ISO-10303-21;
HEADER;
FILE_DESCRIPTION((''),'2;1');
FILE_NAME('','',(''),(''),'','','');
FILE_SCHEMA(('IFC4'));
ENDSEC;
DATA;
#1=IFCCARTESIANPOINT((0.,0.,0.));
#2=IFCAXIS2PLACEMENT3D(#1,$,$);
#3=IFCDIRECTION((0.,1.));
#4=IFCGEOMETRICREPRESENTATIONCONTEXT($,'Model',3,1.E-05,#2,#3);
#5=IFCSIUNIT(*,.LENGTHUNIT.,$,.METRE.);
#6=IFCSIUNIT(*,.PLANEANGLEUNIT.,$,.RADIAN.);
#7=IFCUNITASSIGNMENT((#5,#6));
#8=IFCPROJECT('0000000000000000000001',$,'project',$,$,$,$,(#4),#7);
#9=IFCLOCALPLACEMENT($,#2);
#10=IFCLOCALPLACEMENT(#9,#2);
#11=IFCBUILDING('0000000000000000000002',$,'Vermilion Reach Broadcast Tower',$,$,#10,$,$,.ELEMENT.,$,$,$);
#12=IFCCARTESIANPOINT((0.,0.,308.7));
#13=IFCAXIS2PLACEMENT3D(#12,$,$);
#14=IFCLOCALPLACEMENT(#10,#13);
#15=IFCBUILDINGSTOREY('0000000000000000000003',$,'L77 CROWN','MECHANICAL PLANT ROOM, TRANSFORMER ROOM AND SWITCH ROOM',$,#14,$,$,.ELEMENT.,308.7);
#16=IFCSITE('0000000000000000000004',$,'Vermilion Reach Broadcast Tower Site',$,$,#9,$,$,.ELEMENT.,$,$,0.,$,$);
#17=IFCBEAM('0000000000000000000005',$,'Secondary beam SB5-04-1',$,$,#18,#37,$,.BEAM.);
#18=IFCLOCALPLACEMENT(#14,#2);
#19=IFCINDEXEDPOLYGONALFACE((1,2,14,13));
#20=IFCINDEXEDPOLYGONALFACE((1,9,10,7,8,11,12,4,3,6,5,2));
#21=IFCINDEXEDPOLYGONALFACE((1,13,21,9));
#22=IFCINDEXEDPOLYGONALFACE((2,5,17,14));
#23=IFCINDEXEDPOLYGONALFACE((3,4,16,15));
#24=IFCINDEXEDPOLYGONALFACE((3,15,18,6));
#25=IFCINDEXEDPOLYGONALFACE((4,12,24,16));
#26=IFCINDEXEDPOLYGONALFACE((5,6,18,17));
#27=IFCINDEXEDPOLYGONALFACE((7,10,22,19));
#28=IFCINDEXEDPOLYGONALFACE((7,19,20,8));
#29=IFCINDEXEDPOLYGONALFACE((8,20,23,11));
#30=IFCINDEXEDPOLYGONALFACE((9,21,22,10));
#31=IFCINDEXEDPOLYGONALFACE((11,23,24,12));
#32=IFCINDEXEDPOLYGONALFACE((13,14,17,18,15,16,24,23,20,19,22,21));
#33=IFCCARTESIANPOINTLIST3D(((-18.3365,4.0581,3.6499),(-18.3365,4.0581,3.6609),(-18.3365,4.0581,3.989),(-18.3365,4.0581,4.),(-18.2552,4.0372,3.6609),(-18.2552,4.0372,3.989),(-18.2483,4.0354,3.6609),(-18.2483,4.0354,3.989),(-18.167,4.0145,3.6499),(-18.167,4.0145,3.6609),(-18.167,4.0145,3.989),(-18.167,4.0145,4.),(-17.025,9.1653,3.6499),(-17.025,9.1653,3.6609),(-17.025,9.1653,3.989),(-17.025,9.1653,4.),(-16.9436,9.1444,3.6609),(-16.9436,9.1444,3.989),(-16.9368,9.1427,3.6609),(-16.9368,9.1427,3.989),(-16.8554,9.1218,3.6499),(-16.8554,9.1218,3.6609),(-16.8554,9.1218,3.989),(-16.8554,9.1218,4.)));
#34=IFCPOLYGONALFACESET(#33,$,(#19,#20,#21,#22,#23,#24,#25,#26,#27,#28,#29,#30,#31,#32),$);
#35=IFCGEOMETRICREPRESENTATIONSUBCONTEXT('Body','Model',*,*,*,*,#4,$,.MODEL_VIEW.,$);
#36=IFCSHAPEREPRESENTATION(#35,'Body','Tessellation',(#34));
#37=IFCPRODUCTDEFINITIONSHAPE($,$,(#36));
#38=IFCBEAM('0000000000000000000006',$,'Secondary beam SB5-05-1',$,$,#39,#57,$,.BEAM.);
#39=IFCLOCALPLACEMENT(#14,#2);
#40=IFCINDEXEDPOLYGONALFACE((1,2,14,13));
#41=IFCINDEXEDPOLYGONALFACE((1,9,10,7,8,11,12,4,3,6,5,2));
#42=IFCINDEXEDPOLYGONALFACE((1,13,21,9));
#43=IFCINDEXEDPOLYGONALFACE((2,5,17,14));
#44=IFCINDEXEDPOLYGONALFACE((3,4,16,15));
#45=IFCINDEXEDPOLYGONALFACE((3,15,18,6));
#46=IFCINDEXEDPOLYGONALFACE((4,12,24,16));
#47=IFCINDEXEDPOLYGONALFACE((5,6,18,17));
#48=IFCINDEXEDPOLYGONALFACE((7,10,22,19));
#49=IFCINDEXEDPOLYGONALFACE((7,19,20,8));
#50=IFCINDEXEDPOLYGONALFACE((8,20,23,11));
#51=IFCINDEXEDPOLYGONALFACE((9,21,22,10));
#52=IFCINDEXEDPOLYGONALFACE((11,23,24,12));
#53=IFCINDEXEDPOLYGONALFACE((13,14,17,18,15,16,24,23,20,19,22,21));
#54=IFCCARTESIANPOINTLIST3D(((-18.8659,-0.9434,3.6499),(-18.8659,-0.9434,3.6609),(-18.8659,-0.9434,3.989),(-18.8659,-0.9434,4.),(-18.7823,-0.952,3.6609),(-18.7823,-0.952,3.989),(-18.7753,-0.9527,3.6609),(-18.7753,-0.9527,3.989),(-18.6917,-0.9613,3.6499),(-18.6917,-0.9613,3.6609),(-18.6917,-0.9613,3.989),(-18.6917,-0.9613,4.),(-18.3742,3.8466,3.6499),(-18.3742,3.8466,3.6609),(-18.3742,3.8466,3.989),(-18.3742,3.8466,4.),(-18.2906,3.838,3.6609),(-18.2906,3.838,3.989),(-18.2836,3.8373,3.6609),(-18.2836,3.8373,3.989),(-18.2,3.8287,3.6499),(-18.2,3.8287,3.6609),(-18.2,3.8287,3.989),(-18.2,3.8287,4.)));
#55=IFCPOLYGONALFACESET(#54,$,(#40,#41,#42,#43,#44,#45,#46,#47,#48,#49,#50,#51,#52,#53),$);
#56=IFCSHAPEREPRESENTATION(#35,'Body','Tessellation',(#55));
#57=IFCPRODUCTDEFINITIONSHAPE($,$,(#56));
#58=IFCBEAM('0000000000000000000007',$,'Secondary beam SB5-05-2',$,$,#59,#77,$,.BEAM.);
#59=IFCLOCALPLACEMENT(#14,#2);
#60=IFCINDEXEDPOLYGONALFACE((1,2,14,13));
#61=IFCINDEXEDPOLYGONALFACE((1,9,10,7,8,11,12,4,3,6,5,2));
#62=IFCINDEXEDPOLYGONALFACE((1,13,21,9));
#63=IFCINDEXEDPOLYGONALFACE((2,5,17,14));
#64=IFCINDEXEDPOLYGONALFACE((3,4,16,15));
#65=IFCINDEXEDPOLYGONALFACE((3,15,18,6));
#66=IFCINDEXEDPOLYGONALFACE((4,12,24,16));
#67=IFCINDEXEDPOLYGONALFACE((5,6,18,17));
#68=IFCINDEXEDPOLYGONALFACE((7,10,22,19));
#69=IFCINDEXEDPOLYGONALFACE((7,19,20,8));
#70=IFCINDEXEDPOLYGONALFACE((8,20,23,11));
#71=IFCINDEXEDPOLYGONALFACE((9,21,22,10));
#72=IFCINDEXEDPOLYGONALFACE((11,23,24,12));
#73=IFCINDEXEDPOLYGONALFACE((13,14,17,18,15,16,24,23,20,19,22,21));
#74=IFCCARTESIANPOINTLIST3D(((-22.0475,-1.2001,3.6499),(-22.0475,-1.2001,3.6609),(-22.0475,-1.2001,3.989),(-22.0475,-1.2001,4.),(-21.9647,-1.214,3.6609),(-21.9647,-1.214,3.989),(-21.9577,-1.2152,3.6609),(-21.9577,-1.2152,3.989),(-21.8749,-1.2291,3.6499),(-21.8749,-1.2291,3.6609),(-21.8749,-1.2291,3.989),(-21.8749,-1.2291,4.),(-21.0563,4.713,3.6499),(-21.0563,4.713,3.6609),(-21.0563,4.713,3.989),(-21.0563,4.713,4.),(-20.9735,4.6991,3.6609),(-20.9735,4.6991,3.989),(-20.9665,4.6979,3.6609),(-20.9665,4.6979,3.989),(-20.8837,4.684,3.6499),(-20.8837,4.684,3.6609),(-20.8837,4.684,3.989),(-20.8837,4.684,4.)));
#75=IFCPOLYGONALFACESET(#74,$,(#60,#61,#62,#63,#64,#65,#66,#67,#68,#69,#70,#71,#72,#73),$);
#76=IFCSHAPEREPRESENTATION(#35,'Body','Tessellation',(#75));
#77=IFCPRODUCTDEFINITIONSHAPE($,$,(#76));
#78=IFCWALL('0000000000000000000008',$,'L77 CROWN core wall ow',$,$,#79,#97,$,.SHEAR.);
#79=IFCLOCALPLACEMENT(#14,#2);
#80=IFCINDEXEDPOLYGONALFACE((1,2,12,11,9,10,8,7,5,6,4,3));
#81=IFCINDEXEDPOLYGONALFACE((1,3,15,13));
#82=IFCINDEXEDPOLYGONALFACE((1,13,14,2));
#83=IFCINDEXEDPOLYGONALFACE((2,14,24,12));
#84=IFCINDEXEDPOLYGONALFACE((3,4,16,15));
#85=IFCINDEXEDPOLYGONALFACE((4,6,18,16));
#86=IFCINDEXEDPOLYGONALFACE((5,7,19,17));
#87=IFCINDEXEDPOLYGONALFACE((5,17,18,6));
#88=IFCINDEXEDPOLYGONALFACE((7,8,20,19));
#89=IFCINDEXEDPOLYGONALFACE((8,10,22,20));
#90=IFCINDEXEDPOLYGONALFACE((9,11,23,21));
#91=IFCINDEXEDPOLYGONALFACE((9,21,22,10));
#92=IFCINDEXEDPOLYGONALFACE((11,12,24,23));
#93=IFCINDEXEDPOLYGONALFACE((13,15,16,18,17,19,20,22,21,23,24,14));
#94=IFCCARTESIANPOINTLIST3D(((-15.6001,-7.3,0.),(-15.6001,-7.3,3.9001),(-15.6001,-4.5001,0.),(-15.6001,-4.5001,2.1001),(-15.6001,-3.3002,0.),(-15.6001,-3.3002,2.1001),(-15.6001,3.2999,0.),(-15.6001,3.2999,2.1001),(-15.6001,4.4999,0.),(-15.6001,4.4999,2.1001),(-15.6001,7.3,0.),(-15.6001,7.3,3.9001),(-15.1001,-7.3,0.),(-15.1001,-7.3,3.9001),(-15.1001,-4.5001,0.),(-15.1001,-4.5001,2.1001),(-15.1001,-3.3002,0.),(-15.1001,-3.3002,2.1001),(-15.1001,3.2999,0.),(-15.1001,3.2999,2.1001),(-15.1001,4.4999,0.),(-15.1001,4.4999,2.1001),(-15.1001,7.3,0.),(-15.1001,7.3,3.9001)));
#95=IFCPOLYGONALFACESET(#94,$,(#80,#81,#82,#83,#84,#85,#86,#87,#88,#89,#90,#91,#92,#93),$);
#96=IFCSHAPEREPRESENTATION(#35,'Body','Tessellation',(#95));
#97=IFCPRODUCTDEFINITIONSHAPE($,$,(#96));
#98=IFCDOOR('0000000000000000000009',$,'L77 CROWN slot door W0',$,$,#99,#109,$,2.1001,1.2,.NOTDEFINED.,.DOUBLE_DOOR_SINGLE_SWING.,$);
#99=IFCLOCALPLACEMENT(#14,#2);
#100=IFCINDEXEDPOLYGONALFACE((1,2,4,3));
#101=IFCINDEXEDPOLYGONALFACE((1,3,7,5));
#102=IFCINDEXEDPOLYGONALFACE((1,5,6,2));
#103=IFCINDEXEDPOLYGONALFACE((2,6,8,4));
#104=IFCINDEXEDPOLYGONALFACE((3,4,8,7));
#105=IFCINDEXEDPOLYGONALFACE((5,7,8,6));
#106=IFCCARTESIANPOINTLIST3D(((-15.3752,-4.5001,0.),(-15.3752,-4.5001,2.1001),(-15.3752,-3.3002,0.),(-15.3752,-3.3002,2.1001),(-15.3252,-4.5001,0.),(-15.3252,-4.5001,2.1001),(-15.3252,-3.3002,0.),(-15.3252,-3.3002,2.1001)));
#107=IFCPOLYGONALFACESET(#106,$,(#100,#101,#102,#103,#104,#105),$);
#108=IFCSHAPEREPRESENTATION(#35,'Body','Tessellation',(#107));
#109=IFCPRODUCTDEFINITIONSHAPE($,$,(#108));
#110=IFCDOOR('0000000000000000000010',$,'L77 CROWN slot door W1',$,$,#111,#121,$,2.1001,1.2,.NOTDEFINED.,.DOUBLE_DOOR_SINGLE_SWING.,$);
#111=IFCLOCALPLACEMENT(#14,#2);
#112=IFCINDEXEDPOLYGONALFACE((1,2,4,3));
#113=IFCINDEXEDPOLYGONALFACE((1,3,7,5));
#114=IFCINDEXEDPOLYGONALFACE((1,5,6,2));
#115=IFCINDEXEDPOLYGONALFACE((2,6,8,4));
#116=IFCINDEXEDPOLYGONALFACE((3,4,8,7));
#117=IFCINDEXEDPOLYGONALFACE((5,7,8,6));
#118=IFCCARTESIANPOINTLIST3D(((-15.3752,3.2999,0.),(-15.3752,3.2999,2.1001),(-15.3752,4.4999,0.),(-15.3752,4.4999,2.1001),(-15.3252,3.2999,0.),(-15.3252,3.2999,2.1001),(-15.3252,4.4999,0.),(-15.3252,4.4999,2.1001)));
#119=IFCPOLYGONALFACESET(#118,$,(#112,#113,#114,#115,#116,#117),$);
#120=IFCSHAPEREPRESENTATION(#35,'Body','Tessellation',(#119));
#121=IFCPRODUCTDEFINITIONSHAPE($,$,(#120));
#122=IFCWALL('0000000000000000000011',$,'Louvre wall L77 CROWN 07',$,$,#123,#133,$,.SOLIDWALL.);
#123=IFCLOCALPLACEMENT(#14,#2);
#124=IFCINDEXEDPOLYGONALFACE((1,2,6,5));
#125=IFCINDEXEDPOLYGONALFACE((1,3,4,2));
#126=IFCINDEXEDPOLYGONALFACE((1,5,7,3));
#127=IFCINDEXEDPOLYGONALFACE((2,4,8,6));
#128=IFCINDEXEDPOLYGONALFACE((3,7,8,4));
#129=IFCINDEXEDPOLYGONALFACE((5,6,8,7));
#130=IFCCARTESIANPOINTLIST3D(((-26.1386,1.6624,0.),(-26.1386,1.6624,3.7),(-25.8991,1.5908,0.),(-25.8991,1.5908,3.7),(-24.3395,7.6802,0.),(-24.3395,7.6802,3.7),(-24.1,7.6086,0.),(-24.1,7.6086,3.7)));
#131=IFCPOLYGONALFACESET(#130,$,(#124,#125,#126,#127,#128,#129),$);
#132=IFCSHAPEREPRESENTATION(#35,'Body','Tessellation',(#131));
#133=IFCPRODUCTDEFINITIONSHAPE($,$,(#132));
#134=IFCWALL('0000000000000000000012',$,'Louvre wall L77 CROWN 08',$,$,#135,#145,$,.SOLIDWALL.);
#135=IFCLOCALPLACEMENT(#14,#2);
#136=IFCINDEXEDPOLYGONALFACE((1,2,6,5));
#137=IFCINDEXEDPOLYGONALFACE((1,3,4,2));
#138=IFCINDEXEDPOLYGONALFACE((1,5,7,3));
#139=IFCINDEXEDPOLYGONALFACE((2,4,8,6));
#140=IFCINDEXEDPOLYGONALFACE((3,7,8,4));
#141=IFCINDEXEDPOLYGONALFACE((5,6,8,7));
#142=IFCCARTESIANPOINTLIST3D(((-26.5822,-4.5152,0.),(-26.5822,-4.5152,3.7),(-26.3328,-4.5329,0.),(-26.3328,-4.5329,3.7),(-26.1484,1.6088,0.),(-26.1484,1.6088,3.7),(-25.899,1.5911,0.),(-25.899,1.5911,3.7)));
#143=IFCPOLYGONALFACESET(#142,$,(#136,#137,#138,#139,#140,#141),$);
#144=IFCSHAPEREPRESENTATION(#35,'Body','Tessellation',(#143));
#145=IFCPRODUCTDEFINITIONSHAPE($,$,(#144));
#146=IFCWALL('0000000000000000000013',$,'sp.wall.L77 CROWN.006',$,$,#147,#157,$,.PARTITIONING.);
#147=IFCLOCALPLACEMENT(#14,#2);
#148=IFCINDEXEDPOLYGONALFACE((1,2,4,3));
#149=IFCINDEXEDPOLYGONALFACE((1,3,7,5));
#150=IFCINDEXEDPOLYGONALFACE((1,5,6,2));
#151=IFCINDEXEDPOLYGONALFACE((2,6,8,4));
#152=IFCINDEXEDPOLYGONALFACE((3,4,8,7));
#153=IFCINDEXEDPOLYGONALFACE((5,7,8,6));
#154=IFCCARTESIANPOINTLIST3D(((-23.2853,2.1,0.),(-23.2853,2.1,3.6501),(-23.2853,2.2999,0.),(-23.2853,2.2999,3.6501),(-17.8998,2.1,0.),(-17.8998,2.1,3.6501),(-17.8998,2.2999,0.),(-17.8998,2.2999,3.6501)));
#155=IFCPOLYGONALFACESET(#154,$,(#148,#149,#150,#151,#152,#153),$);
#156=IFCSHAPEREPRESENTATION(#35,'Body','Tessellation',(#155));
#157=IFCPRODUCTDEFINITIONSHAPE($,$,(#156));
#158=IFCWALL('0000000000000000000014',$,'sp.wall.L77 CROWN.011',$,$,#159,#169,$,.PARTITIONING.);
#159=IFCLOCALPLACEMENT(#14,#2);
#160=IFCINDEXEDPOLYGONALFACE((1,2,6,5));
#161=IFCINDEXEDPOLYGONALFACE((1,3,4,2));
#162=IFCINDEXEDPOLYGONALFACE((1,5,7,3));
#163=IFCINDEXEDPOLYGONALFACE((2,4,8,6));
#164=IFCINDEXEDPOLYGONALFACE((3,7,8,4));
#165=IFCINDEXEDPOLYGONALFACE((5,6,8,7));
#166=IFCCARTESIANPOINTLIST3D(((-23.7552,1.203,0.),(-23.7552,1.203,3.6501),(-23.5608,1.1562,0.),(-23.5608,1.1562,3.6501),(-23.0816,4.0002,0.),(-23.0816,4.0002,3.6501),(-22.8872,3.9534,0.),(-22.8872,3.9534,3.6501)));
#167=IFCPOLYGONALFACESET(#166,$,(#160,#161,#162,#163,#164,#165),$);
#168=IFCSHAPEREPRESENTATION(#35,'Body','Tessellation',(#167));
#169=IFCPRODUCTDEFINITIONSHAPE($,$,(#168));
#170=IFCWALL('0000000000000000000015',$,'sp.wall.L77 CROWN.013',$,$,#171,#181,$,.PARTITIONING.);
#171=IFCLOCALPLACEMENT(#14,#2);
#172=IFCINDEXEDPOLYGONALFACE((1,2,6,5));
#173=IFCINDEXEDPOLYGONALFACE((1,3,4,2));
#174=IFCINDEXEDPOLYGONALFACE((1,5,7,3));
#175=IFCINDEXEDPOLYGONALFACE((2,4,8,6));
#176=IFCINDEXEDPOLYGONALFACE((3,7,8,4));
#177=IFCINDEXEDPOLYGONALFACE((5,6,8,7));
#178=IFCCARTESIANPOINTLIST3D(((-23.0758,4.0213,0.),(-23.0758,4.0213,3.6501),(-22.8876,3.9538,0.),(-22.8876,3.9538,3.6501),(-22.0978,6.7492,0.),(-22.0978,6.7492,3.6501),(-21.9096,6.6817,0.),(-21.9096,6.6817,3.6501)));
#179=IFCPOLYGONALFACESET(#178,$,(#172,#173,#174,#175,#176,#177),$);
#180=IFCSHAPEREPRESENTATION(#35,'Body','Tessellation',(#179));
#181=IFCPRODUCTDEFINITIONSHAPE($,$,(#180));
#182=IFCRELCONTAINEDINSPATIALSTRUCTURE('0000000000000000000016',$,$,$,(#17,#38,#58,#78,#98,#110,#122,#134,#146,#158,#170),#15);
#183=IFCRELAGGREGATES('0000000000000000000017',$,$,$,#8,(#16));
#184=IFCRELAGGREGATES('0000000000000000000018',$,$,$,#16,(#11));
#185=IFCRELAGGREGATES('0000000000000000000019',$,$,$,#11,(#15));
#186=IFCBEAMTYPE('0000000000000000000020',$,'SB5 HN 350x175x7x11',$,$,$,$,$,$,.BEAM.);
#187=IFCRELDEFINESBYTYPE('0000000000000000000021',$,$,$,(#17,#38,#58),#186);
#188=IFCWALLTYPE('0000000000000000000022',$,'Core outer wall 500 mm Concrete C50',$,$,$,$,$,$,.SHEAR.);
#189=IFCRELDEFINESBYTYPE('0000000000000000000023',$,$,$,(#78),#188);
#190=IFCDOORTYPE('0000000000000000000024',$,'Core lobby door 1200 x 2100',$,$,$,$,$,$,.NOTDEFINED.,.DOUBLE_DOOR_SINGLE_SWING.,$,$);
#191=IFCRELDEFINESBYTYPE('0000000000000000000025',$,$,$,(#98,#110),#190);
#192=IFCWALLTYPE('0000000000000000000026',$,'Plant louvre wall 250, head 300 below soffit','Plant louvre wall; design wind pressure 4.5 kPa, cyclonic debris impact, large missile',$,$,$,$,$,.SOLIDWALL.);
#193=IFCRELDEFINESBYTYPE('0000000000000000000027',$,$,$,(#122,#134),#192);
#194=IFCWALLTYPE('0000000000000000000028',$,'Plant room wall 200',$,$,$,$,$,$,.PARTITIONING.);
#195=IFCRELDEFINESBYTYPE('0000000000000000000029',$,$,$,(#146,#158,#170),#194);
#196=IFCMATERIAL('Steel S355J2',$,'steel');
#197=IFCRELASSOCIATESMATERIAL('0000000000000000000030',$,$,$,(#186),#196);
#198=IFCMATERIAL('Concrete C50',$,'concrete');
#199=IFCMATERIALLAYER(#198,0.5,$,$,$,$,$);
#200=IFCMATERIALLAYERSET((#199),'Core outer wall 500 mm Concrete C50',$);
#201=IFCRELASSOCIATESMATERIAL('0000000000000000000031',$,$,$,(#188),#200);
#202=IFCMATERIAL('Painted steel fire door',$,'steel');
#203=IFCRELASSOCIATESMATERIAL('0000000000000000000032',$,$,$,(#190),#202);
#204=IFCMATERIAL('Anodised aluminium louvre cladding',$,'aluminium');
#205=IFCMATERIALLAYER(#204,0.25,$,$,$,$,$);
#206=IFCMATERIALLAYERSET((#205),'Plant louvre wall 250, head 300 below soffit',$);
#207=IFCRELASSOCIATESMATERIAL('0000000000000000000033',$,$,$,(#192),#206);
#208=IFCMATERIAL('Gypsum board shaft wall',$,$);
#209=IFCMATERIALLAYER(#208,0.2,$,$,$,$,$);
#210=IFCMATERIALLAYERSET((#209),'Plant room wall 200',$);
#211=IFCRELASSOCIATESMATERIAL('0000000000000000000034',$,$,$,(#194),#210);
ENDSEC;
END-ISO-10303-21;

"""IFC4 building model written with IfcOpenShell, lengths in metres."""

from ifc_helpers import new_model, si_unit, direction, frame, frame_2d, origin, origin_2d, place, context, subcontext, project, spatial, rectangle, i_section, extrude, material, layer, layer_set, material_profile, profile_set, type_object, element, fill, save


model = new_model("IFC4")

# Units and contexts
model_context = context("Model", 3, precision=1e-05, world=origin(), true_north=direction((0.0, 1.0)))
body_context = subcontext(model_context, "Body", "Model", "MODEL_VIEW")
ifc_project = project(units=[si_unit("LENGTHUNIT", "METRE"), si_unit("PLANEANGLEUNIT", "RADIAN")], contexts=[model_context])

# Site, building, storey
site_placement = place(None, origin())
site = spatial("IfcSite", under=ifc_project, at=site_placement, Name="Vermilion Reach Broadcast Tower Site", CompositionType="ELEMENT", RefElevation=0.0)
building_placement = place(site_placement, origin())
building = spatial("IfcBuilding", under=site, at=building_placement, Name="Vermilion Reach Broadcast Tower", CompositionType="ELEMENT")
storey_placement = place(building_placement, frame((0.0, 0.0, 308.7)))
storey = spatial("IfcBuildingStorey", under=building, at=storey_placement, Name="L77 CROWN", Description="MECHANICAL PLANT ROOM, TRANSFORMER ROOM AND SWITCH ROOM", CompositionType="ELEMENT", Elevation=308.7)

# Beams
ifc_material_1 = material(Name="Steel S355J2", Category="steel")
ifc_material_profile_1 = material_profile(ifc_material_1, i_section(OverallWidth=0.175, OverallDepth=0.3501, WebThickness=0.0071, FlangeThickness=0.011, at=origin_2d()), Name="S355J2 HN 350x175x7x11")
ifc_profile_set_1 = profile_set([ifc_material_profile_1], Name="Steel S355J2")
beam_type_1 = type_object("IfcBeamType", Name="SB5 HN 350x175x7x11", PredefinedType="BEAM", material=ifc_profile_set_1)
beam_1_placement = place(storey_placement, frame((-16.9402, 9.1436, 3.825), z_axis=(-0.24873, -0.968573, 0.0), x_axis=(0.968573, -0.24873, 0.0)))
element("IfcBeam", 1, at=beam_1_placement, inside=storey, type_object=beam_type_1, Name="Secondary beam SB5-04-1", PredefinedType="BEAM", context=body_context, shape_type="SweptSolid", body=[
    extrude(i_section(OverallWidth=0.175, OverallDepth=0.3501, WebThickness=0.0071, FlangeThickness=0.011, at=origin_2d()), origin(), (0.0, 0.0, 1.0), 5.2729),
])
beam_2_placement = place(storey_placement, frame((-18.2871, 3.8376, 3.825), z_axis=(-0.102114, -0.994773, 0.0), x_axis=(0.994773, -0.102114, 0.0)))
element("IfcBeam", 2, at=beam_2_placement, inside=storey, type_object=beam_type_1, Name="Secondary beam SB5-05-1", PredefinedType="BEAM", context=body_context, shape_type="SweptSolid", body=[
    extrude(i_section(OverallWidth=0.175, OverallDepth=0.3501, WebThickness=0.0071, FlangeThickness=0.011, at=origin_2d()), origin(), (0.0, 0.0, 1.0), 4.8152),
])
beam_3_placement = place(storey_placement, frame((-20.97, 4.6985, 3.825), z_axis=(-0.165323, -0.986239, 0.0), x_axis=(0.986239, -0.165323, 0.0)))
element("IfcBeam", 3, at=beam_3_placement, inside=storey, type_object=beam_type_1, Name="Secondary beam SB5-05-2", PredefinedType="BEAM", context=body_context, shape_type="SweptSolid", body=[
    extrude(i_section(OverallWidth=0.175, OverallDepth=0.3501, WebThickness=0.0071, FlangeThickness=0.011, at=origin_2d()), origin(), (0.0, 0.0, 1.0), 5.9956),
])

# Wall, openings, doors
ifc_material_2 = material(Name="Concrete C50", Category="concrete")
ifc_layer_1 = layer(ifc_material_2, 0.5)
ifc_layer_set_1 = layer_set([ifc_layer_1], Name="Core outer wall 500 mm Concrete C50")
wall_type_1 = type_object("IfcWallType", Name="Core outer wall 500 mm Concrete C50", PredefinedType="SHEAR", material=ifc_layer_set_1)
wall_1_placement = place(storey_placement, frame((-15.3501, 7.3, 0.0), z_axis=(0.0, 0.0, 1.0), x_axis=(0.0, -1.0, 0.0)))
wall_1 = element("IfcWall", 4, at=wall_1_placement, inside=storey, type_object=wall_type_1, Name="L77 CROWN core wall ow", PredefinedType="SHEAR", context=body_context, shape_type="SweptSolid", body=[
    extrude(rectangle(XDim=14.6001, YDim=0.5, at=frame_2d((7.3, 0.0))), origin(), (0.0, 0.0, 1.0), 3.9001),
])
opening_1_placement = place(wall_1_placement, frame((10.6001, 0.0, 0.0)))
opening_1 = element("IfcOpeningElement", 5, at=opening_1_placement, cuts=wall_1, PredefinedType="OPENING", context=body_context, shape_type="SweptSolid", body=[
    extrude(rectangle(XDim=1.2, YDim=2.1001, at=frame_2d((0.6001, 1.05))), frame((0.0, 0.26, 0.0), z_axis=(0.0, -1.0, 0.0), x_axis=(1.0, 0.0, 0.0)), (0.0, 0.0, 1.0), 0.52),
])
opening_2_placement = place(wall_1_placement, frame((2.8, 0.0, 0.0)))
opening_2 = element("IfcOpeningElement", 6, at=opening_2_placement, cuts=wall_1, PredefinedType="OPENING", context=body_context, shape_type="SweptSolid", body=[
    extrude(rectangle(XDim=1.2, YDim=2.1001, at=frame_2d((0.6001, 1.05))), frame((0.0, 0.26, 0.0), z_axis=(0.0, -1.0, 0.0), x_axis=(1.0, 0.0, 0.0)), (0.0, 0.0, 1.0), 0.52),
])
ifc_material_3 = material(Name="Painted steel fire door", Category="steel")
door_type_1 = type_object("IfcDoorType", Name="Core lobby door 1200 x 2100", OperationType="DOUBLE_DOOR_SINGLE_SWING", PredefinedType="NOTDEFINED", material=ifc_material_3)
door_1_placement = place(opening_1_placement, origin())
door_1 = element("IfcDoor", 7, at=door_1_placement, inside=storey, type_object=door_type_1, Name="L77 CROWN slot door W0", OperationType="DOUBLE_DOOR_SINGLE_SWING", OverallHeight=2.1001, OverallWidth=1.2, PredefinedType="NOTDEFINED", context=body_context, shape_type="SweptSolid", body=[
    extrude(rectangle(XDim=1.2, YDim=2.1001, at=frame_2d((0.6001, 1.05))), frame((0.0, 0.0249, 0.0), z_axis=(0.0, -1.0, 0.0), x_axis=(1.0, 0.0, 0.0)), (0.0, 0.0, 1.0), 0.05),
])
fill(opening_1, door_1)
door_2_placement = place(opening_2_placement, origin())
door_2 = element("IfcDoor", 8, at=door_2_placement, inside=storey, type_object=door_type_1, Name="L77 CROWN slot door W1", OperationType="DOUBLE_DOOR_SINGLE_SWING", OverallHeight=2.1001, OverallWidth=1.2, PredefinedType="NOTDEFINED", context=body_context, shape_type="SweptSolid", body=[
    extrude(rectangle(XDim=1.2, YDim=2.1001, at=frame_2d((0.6001, 1.05))), frame((0.0, 0.0249, 0.0), z_axis=(0.0, -1.0, 0.0), x_axis=(1.0, 0.0, 0.0)), (0.0, 0.0, 1.0), 0.05),
])
fill(opening_2, door_2)

# Walls
ifc_material_4 = material(Name="Anodised aluminium louvre cladding", Category="aluminium")
ifc_layer_2 = layer(ifc_material_4, 0.25)
ifc_layer_set_2 = layer_set([ifc_layer_2], Name="Plant louvre wall 250, head 300 below soffit")
wall_type_2 = type_object("IfcWallType", Name="Plant louvre wall 250, head 300 below soffit", Description="Plant louvre wall; design wind pressure 4.5 kPa, cyclonic debris impact, large missile", PredefinedType="SOLIDWALL", material=ifc_layer_set_2)
wall_2_placement = place(storey_placement, frame((-24.2197, 7.6445, 0.0), z_axis=(0.0, 0.0, 1.0), x_axis=(-0.286431, -0.958101, 0.0)))
element("IfcWall", 9, at=wall_2_placement, inside=storey, type_object=wall_type_2, Name="Louvre wall L77 CROWN 07", PredefinedType="SOLIDWALL", context=body_context, shape_type="SweptSolid", body=[
    extrude(rectangle(XDim=6.281, YDim=0.25, at=frame_2d((3.1406, 0.0))), origin(), (0.0, 0.0, 1.0), 3.7),
])
wall_3_placement = place(storey_placement, frame((-26.0237, 1.6001, 0.0), z_axis=(0.0, 0.0, 1.0), x_axis=(-0.070665, -0.9975, 0.0)))
element("IfcWall", 10, at=wall_3_placement, inside=storey, type_object=wall_type_2, Name="Louvre wall L77 CROWN 08", PredefinedType="SOLIDWALL", context=body_context, shape_type="SweptSolid", body=[
    extrude(rectangle(XDim=6.1394, YDim=0.25, at=frame_2d((3.0698, 0.0))), origin(), (0.0, 0.0, 1.0), 3.7),
])
ifc_material_5 = material(Name="Gypsum board shaft wall")
ifc_layer_3 = layer(ifc_material_5, 0.2)
ifc_layer_set_3 = layer_set([ifc_layer_3], Name="Plant room wall 200")
wall_type_3 = type_object("IfcWallType", Name="Plant room wall 200", PredefinedType="PARTITIONING", material=ifc_layer_set_3)
wall_4_placement = place(storey_placement, frame((-23.2854, 2.2, 0.0), z_axis=(0.0, 0.0, 1.0), x_axis=(1.0, 0.0, 0.0)))
element("IfcWall", 11, at=wall_4_placement, inside=storey, type_object=wall_type_3, Name="sp.wall.L77 CROWN.006", PredefinedType="PARTITIONING", context=body_context, shape_type="SweptSolid", body=[
    extrude(rectangle(XDim=5.3855, YDim=0.2, at=frame_2d((2.6929, 0.0))), origin(), (0.0, 0.0, 1.0), 3.6501),
])
wall_5_placement = place(storey_placement, frame((-23.658, 1.1797, 0.0), z_axis=(0.0, 0.0, 1.0), x_axis=(0.234121, 0.972208, 0.0)))
element("IfcWall", 12, at=wall_5_placement, inside=storey, type_object=wall_type_3, Name="sp.wall.L77 CROWN.011", PredefinedType="PARTITIONING", context=body_context, shape_type="SweptSolid", body=[
    extrude(rectangle(XDim=2.8772, YDim=0.2, at=frame_2d((1.4385, 0.0))), origin(), (0.0, 0.0, 1.0), 3.6501),
])
wall_6_placement = place(storey_placement, frame((-22.9817, 3.9875, 0.0), z_axis=(0.0, 0.0, 1.0), x_axis=(0.337478, 0.941333, 0.0)))
element("IfcWall", 13, at=wall_6_placement, inside=storey, type_object=wall_type_3, Name="sp.wall.L77 CROWN.013", PredefinedType="PARTITIONING", context=body_context, shape_type="SweptSolid", body=[
    extrude(rectangle(XDim=2.8979, YDim=0.2, at=frame_2d((1.449, 0.0))), origin(), (0.0, 0.0, 1.0), 3.6501),
])

save(model, "model.ifc")
